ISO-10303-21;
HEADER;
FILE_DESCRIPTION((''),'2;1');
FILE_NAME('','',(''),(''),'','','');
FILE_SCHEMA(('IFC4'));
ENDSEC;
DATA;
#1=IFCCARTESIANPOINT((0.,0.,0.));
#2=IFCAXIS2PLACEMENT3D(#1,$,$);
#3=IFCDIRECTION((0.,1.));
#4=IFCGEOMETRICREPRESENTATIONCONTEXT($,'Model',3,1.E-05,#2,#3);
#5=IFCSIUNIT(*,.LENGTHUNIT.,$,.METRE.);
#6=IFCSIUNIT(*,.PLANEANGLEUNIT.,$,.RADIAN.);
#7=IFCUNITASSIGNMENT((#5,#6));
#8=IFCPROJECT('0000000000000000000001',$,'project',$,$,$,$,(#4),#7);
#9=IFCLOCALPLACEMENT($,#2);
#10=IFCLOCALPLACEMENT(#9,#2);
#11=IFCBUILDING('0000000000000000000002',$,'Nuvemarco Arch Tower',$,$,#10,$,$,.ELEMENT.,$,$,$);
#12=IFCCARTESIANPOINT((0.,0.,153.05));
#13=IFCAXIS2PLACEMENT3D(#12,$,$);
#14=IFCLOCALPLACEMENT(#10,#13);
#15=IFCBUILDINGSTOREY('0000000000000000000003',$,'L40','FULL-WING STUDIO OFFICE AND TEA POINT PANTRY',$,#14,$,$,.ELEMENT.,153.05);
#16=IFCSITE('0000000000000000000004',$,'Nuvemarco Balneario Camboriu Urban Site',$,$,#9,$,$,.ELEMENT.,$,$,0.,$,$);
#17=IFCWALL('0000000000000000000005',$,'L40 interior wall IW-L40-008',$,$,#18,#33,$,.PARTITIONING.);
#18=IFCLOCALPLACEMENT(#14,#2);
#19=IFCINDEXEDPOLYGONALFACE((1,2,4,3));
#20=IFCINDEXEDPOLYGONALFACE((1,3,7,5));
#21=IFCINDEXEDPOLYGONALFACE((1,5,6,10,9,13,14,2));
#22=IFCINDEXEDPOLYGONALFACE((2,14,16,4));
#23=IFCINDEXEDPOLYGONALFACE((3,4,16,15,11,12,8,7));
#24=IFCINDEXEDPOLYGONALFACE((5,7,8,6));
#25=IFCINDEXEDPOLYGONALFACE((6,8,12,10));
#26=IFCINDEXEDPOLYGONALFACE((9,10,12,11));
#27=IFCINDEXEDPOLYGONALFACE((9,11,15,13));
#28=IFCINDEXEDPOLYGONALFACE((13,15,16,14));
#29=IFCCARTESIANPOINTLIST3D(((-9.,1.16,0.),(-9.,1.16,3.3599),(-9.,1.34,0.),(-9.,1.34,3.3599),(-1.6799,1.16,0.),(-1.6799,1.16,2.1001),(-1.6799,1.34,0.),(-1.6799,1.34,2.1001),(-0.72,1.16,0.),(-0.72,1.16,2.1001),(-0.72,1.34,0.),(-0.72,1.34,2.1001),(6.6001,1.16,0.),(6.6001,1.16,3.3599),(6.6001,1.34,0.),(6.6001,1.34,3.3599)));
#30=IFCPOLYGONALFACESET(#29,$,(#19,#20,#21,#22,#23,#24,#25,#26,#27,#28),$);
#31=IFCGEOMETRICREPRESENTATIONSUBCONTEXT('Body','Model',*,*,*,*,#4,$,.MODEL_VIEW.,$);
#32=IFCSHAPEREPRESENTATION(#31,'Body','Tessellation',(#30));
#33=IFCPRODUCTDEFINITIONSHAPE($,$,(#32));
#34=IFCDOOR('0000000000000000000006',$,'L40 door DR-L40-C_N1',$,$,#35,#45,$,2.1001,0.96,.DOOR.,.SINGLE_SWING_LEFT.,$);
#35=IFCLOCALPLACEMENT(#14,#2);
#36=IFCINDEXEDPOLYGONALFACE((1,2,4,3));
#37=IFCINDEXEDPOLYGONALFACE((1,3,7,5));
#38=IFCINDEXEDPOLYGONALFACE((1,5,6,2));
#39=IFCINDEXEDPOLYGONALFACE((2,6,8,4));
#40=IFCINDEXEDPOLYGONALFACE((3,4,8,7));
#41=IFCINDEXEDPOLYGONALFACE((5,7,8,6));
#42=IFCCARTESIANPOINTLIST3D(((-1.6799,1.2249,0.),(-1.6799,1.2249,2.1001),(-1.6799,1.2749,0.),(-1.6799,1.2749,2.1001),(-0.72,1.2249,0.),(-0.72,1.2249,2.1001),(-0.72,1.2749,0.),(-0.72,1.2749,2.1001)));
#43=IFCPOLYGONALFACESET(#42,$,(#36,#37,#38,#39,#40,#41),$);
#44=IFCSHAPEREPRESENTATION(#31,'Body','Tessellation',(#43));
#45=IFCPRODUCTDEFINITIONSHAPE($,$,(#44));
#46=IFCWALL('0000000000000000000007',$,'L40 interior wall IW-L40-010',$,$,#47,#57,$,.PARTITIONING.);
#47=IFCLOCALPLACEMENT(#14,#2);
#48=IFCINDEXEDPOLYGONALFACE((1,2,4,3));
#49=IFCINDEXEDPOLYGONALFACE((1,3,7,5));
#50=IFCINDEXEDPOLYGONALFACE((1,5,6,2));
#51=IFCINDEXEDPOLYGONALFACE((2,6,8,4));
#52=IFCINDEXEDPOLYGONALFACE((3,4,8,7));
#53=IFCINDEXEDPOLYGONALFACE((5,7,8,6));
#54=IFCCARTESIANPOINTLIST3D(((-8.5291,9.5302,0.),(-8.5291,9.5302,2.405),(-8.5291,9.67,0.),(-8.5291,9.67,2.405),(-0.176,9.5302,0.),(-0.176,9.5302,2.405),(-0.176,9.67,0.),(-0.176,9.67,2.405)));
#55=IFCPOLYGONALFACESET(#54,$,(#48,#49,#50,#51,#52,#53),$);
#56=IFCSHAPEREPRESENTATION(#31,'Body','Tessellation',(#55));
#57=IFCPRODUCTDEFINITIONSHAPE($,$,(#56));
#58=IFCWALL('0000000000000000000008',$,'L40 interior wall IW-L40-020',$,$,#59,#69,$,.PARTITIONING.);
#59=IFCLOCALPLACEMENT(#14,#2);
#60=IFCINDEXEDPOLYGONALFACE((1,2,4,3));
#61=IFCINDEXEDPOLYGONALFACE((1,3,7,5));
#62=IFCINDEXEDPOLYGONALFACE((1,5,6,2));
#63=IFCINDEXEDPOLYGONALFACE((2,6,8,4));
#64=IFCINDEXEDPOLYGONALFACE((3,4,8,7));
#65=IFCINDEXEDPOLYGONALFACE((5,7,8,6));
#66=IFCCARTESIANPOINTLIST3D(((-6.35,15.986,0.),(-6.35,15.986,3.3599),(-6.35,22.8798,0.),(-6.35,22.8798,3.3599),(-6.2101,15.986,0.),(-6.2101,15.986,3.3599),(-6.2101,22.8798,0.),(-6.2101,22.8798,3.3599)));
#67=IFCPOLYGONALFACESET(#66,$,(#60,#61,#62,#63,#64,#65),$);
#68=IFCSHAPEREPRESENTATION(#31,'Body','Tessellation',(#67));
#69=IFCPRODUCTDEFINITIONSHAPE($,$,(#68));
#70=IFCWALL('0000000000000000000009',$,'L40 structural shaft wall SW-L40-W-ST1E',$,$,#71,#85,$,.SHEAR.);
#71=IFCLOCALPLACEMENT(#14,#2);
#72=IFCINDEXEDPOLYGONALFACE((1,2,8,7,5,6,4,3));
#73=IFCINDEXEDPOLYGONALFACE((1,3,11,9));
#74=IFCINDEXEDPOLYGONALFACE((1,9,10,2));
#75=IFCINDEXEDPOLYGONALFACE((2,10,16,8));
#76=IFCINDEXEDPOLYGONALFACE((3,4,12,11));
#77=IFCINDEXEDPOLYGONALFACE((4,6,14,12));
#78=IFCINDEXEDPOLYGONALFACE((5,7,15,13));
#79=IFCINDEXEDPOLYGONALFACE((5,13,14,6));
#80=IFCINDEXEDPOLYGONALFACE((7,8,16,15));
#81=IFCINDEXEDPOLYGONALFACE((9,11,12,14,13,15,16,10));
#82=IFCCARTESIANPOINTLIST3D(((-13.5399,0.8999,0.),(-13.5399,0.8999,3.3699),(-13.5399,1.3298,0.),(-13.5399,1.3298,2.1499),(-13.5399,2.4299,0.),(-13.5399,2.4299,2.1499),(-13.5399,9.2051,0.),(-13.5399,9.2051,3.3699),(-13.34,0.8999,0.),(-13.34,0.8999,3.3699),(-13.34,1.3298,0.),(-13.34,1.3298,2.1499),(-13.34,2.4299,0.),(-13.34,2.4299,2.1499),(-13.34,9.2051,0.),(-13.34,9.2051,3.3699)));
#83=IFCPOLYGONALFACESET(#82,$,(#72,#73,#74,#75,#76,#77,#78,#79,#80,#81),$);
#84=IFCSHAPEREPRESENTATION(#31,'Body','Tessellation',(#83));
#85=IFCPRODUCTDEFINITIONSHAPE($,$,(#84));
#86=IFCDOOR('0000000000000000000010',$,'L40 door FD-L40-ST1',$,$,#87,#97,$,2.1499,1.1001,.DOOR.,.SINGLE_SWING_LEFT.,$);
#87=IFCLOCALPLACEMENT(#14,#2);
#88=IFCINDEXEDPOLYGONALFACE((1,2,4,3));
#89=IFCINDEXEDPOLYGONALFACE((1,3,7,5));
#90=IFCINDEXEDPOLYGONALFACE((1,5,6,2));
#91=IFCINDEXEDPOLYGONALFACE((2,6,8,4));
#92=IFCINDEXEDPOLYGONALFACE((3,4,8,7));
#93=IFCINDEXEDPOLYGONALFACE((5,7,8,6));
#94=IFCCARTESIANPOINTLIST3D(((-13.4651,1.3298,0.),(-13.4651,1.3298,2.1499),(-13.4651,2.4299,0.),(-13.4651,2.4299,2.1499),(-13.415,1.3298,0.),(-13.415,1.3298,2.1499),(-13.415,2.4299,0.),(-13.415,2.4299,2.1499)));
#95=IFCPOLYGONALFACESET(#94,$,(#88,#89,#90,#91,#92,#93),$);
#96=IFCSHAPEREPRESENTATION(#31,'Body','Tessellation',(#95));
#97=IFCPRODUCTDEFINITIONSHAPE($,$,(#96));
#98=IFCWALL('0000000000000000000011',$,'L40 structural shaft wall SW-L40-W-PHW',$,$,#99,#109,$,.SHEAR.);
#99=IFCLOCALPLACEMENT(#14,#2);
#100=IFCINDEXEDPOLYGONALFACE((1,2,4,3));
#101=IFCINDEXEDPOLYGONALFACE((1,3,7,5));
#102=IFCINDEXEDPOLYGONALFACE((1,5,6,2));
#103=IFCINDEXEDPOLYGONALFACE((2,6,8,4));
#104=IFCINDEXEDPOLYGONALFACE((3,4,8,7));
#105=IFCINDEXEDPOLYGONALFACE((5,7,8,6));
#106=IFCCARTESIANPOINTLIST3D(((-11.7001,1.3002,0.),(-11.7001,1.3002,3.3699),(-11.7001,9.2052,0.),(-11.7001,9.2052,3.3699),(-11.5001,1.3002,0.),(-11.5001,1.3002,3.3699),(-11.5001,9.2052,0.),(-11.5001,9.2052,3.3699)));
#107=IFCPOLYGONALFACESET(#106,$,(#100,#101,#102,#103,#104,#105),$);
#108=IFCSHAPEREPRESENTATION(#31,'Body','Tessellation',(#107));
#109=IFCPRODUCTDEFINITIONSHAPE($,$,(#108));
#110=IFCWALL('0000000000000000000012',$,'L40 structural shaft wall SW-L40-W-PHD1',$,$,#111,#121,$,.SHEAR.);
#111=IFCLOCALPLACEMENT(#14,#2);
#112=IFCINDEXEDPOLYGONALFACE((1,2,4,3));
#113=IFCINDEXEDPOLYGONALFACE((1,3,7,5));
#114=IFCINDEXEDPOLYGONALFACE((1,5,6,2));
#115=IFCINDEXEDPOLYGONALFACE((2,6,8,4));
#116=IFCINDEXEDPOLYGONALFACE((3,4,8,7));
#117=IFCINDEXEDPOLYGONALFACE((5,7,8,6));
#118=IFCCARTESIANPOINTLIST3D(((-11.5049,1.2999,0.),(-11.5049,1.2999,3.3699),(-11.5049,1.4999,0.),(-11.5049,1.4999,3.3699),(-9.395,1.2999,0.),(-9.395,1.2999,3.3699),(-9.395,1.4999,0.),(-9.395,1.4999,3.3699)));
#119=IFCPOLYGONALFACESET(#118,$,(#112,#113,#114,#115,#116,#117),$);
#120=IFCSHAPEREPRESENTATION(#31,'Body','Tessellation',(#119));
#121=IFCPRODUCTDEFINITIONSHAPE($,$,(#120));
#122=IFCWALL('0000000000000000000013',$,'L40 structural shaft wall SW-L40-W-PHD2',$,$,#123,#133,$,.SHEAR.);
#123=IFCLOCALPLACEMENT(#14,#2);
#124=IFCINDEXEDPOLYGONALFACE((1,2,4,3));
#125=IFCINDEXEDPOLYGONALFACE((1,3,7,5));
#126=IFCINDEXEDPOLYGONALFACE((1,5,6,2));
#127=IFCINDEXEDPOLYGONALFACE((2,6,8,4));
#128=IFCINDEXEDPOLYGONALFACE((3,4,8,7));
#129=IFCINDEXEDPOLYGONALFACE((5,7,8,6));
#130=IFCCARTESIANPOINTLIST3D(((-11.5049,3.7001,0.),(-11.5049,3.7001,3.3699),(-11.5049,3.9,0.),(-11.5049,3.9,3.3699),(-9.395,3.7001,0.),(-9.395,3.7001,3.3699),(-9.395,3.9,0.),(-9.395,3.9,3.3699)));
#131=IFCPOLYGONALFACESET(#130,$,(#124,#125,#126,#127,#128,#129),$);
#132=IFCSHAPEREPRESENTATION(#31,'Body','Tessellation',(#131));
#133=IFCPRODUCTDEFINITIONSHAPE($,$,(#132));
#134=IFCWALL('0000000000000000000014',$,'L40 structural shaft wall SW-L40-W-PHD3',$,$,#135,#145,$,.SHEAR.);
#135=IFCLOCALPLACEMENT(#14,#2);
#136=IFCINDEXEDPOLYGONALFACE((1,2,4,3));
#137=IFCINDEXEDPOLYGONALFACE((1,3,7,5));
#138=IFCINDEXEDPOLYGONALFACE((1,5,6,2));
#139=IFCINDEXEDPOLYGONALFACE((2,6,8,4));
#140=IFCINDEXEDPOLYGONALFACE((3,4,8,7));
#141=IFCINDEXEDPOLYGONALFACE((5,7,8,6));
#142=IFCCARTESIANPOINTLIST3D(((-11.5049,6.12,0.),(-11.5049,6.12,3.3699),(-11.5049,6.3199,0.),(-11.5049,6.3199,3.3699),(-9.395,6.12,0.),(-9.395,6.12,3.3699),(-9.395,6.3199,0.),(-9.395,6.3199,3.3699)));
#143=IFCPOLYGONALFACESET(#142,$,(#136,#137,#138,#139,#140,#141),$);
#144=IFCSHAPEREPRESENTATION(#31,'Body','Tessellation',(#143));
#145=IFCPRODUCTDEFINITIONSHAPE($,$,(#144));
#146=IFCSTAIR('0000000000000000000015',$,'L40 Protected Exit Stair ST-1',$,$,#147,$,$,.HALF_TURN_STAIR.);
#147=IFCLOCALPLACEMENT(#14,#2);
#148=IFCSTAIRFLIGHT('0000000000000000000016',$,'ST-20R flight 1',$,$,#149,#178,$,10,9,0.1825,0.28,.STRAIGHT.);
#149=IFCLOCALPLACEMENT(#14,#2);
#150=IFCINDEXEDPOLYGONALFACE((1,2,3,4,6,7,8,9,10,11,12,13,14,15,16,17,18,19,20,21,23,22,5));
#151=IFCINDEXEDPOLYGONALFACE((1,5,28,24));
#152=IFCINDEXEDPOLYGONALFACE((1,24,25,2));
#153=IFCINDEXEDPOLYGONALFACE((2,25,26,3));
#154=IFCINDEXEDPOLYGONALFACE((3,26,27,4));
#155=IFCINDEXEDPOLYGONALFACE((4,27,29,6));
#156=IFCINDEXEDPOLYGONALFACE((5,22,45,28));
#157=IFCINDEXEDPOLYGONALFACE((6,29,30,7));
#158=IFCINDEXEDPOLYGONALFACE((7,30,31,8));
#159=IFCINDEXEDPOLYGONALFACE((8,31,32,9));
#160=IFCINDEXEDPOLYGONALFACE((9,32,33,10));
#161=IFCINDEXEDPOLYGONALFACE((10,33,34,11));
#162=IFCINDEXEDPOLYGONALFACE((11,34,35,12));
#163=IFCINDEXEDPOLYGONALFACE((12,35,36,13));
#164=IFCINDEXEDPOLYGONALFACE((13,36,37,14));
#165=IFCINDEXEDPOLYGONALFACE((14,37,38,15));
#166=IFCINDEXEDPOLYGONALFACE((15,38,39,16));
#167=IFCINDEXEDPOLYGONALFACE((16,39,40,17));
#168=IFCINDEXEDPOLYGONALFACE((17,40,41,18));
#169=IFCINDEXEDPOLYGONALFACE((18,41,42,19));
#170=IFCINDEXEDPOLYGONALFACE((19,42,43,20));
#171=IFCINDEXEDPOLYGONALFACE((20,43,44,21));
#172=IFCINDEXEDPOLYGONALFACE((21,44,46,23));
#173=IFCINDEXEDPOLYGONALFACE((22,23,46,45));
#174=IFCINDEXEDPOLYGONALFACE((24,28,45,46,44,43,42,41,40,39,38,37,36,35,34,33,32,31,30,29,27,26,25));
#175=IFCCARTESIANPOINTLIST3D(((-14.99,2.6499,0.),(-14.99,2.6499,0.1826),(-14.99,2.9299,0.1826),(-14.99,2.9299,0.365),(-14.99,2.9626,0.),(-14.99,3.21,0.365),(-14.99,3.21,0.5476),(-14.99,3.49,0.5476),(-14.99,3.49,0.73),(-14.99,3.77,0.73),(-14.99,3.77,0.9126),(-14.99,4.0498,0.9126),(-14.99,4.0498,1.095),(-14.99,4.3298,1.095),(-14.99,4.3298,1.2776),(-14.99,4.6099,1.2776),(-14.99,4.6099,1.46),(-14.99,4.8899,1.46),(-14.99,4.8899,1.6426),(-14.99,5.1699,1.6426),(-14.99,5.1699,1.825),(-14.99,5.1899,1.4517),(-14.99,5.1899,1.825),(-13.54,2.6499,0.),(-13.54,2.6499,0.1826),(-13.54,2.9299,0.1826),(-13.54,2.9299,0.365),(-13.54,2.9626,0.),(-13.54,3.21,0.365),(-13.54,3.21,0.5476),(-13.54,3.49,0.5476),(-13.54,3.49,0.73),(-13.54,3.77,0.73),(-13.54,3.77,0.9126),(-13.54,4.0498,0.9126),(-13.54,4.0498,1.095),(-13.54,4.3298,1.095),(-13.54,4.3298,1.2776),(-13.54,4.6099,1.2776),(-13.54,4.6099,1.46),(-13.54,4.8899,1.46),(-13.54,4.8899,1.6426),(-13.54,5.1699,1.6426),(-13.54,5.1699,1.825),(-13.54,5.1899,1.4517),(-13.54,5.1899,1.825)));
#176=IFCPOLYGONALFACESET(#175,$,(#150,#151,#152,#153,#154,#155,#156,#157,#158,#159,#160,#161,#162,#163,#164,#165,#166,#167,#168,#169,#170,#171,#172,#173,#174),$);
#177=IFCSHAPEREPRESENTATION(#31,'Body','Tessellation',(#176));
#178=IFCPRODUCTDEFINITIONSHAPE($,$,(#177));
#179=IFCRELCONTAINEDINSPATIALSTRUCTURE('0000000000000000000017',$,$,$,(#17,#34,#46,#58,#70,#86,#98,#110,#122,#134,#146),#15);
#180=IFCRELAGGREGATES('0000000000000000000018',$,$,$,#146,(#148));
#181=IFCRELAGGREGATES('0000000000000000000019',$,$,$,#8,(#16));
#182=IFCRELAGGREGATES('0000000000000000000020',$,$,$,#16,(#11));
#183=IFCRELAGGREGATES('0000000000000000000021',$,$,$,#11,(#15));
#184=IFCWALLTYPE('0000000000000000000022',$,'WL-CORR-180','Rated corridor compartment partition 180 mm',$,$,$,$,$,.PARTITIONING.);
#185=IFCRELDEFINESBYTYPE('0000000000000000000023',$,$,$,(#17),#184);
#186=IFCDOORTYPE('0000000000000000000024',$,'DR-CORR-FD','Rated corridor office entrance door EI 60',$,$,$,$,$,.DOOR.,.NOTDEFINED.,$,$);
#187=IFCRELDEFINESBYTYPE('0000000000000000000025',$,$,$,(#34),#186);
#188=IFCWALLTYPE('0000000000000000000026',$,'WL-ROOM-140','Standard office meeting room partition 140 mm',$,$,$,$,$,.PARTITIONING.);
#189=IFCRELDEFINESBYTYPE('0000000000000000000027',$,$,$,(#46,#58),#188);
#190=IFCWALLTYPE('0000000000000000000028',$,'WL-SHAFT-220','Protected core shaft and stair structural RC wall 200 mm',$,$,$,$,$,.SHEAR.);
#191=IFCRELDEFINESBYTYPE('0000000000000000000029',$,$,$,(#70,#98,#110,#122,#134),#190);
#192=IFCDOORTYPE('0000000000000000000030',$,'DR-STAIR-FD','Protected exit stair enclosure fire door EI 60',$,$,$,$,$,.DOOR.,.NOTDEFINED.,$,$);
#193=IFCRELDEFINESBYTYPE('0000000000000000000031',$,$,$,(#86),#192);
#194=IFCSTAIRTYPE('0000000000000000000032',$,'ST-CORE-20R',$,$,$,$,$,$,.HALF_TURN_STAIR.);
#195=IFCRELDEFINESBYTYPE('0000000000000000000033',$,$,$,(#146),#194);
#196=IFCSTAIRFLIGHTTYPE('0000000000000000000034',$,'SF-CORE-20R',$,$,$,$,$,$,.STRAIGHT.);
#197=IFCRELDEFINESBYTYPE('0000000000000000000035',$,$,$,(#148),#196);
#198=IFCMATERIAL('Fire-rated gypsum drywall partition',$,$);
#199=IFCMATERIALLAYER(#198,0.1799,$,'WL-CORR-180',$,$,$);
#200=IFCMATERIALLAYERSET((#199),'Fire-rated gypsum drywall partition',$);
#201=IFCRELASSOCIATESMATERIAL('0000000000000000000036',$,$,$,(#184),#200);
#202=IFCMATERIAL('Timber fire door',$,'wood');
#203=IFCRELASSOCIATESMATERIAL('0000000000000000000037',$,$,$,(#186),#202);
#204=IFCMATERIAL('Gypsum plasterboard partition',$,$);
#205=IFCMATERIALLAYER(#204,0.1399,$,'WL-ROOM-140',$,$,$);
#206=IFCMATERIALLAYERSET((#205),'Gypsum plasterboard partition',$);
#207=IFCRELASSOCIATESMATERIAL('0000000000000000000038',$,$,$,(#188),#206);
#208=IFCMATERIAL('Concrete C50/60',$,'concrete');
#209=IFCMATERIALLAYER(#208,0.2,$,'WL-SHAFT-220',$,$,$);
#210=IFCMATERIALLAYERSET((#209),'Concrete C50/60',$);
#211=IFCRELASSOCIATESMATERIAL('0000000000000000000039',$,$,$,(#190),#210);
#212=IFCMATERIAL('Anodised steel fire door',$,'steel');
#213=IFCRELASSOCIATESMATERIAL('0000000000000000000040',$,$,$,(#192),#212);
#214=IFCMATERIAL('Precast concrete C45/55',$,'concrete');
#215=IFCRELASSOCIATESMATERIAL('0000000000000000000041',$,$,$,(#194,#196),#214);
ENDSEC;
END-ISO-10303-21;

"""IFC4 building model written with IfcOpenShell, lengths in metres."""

from ifc_helpers import new_model, si_unit, direction, frame, frame_2d, origin, place, context, subcontext, project, spatial, polyline, rectangle, outline, extrude, source, transform, mapped, material, layer, layer_set, type_object, type_shapes, element, fill, aggregate, save


model = new_model("IFC4")

# Units and contexts
model_context = context("Model", 3, precision=1e-05, world=origin(), true_north=direction((0.0, 1.0)))
body_context = subcontext(model_context, "Body", "Model", "MODEL_VIEW")
ifc_project = project(units=[si_unit("LENGTHUNIT", "METRE"), si_unit("PLANEANGLEUNIT", "RADIAN")], contexts=[model_context])

# Site, building, storey
site_placement = place(None, origin())
site = spatial("IfcSite", under=ifc_project, at=site_placement, Name="Nuvemarco Balneario Camboriu Urban Site", CompositionType="ELEMENT", RefElevation=0.0)
building_placement = place(site_placement, origin())
building = spatial("IfcBuilding", under=site, at=building_placement, Name="Nuvemarco Arch Tower", CompositionType="ELEMENT")
storey_placement = place(building_placement, frame((0.0, 0.0, 153.05)))
storey = spatial("IfcBuildingStorey", under=building, at=storey_placement, Name="L40", Description="FULL-WING STUDIO OFFICE AND TEA POINT PANTRY", CompositionType="ELEMENT", Elevation=153.05)

# Shared definitions
ifc_material_1 = material(Name="Concrete C50/60", Category="concrete")

# Shared definitions
ifc_material_2 = material(Name="Precast concrete C45/55", Category="concrete")

# Wall, opening, door
ifc_material_3 = material(Name="Fire-rated gypsum drywall partition")
ifc_layer_1 = layer(ifc_material_3, 0.1799, Name="WL-CORR-180")
ifc_layer_set_1 = layer_set([ifc_layer_1], Name="Fire-rated gypsum drywall partition")
wall_type_1 = type_object("IfcWallType", Name="WL-CORR-180", Description="Rated corridor compartment partition 180 mm", PredefinedType="PARTITIONING", material=ifc_layer_set_1)
wall_1_placement = place(storey_placement, frame((-9.0, 1.25, 0.0), z_axis=(0.0, 0.0, 1.0), x_axis=(1.0, 0.0, 0.0)))
wall_1 = element("IfcWall", 1, at=wall_1_placement, inside=storey, type_object=wall_type_1, Name="L40 interior wall IW-L40-008", PredefinedType="PARTITIONING", context=body_context, shape_type="SweptSolid", body=[
    extrude(rectangle(XDim=15.6001, YDim=0.1799, at=frame_2d((7.8, 0.0))), origin(), (0.0, 0.0, 1.0), 3.3599),
])
opening_1_placement = place(wall_1_placement, frame((7.3201, 0.0, 0.0)))
opening_1 = element("IfcOpeningElement", 2, at=opening_1_placement, cuts=wall_1, PredefinedType="OPENING", context=body_context, shape_type="SweptSolid", body=[
    extrude(rectangle(XDim=0.96, YDim=2.1001, at=frame_2d((0.48, 1.05))), frame((0.0, 0.0999, 0.0), z_axis=(0.0, -1.0, 0.0), x_axis=(1.0, 0.0, 0.0)), (0.0, 0.0, 1.0), 0.2),
])
ifc_material_4 = material(Name="Timber fire door", Category="wood")
door_type_1 = type_object("IfcDoorType", Name="DR-CORR-FD", Description="Rated corridor office entrance door EI 60", OperationType="NOTDEFINED", PredefinedType="DOOR", material=ifc_material_4)
shared_shape_1 = source(origin(), body_context, "Body", "SweptSolid", [
    extrude(rectangle(XDim=0.96, YDim=2.1001, at=frame_2d((0.48, 1.05))), frame((0.0, 0.0249, 0.0), z_axis=(0.0, -1.0, 0.0), x_axis=(1.0, 0.0, 0.0)), (0.0, 0.0, 1.0), 0.05),
])
type_shapes(door_type_1, [shared_shape_1])
door_1_placement = place(opening_1_placement, origin())
door_1 = element("IfcDoor", 3, at=door_1_placement, inside=storey, type_object=door_type_1, Name="L40 door DR-L40-C_N1", OperationType="SINGLE_SWING_LEFT", OverallHeight=2.1001, OverallWidth=0.96, PredefinedType="DOOR", context=body_context, shape_type="MappedRepresentation", body=[
    mapped(shared_shape_1, transform((0.0, 0.0, 0.0), scale=1.0)),
])
fill(opening_1, door_1)

# Walls
ifc_material_5 = material(Name="Gypsum plasterboard partition")
ifc_layer_2 = layer(ifc_material_5, 0.1399, Name="WL-ROOM-140")
ifc_layer_set_2 = layer_set([ifc_layer_2], Name="Gypsum plasterboard partition")
wall_type_2 = type_object("IfcWallType", Name="WL-ROOM-140", Description="Standard office meeting room partition 140 mm", PredefinedType="PARTITIONING", material=ifc_layer_set_2)
wall_2_placement = place(storey_placement, frame((-8.5291, 9.6001, 0.0), z_axis=(0.0, 0.0, 1.0), x_axis=(1.0, 0.0, 0.0)))
element("IfcWall", 4, at=wall_2_placement, inside=storey, type_object=wall_type_2, Name="L40 interior wall IW-L40-010", PredefinedType="PARTITIONING", context=body_context, shape_type="SweptSolid", body=[
    extrude(rectangle(XDim=8.353, YDim=0.1399, at=frame_2d((4.1765, 0.0))), origin(), (0.0, 0.0, 1.0), 2.405),
])
wall_3_placement = place(storey_placement, frame((-6.28, 15.9861, 0.0), z_axis=(0.0, 0.0, 1.0), x_axis=(0.0, 1.0, 0.0)))
element("IfcWall", 5, at=wall_3_placement, inside=storey, type_object=wall_type_2, Name="L40 interior wall IW-L40-020", PredefinedType="PARTITIONING", context=body_context, shape_type="SweptSolid", body=[
    extrude(rectangle(XDim=6.8938, YDim=0.1399, at=frame_2d((3.4468, 0.0))), origin(), (0.0, 0.0, 1.0), 3.3599),
])

# Wall, opening, door
ifc_layer_3 = layer(ifc_material_1, 0.2, Name="WL-SHAFT-220")
ifc_layer_set_3 = layer_set([ifc_layer_3], Name="Concrete C50/60")
wall_type_3 = type_object("IfcWallType", Name="WL-SHAFT-220", Description="Protected core shaft and stair structural RC wall 200 mm", PredefinedType="SHEAR", material=ifc_layer_set_3)
wall_4_placement = place(storey_placement, frame((-13.4399, 0.8999, 0.0), z_axis=(0.0, 0.0, 1.0), x_axis=(0.0, 1.0, 0.0)))
wall_4 = element("IfcWall", 6, at=wall_4_placement, inside=storey, type_object=wall_type_3, Name="L40 structural shaft wall SW-L40-W-ST1E", PredefinedType="SHEAR", context=body_context, shape_type="SweptSolid", body=[
    extrude(rectangle(XDim=8.3052, YDim=0.2, at=frame_2d((4.1526, 0.0))), origin(), (0.0, 0.0, 1.0), 3.3699),
])
opening_2_placement = place(wall_4_placement, frame((1.53, 0.0, 0.0), z_axis=(0.0, 0.0, 1.0), x_axis=(-1.0, 0.0, 0.0)))
opening_2 = element("IfcOpeningElement", 7, at=opening_2_placement, cuts=wall_4, PredefinedType="OPENING", context=body_context, shape_type="SweptSolid", body=[
    extrude(rectangle(XDim=1.1001, YDim=2.1499, at=frame_2d((0.55, 1.075))), frame((0.0, 0.1099, 0.0), z_axis=(0.0, -1.0, 0.0), x_axis=(1.0, 0.0, 0.0)), (0.0, 0.0, 1.0), 0.22),
])
ifc_material_6 = material(Name="Anodised steel fire door", Category="steel")
door_type_2 = type_object("IfcDoorType", Name="DR-STAIR-FD", Description="Protected exit stair enclosure fire door EI 60", OperationType="NOTDEFINED", PredefinedType="DOOR", material=ifc_material_6)
shared_shape_2 = source(origin(), body_context, "Body", "SweptSolid", [
    extrude(rectangle(XDim=1.1001, YDim=2.1499, at=frame_2d((0.55, 1.075))), frame((0.0, 0.0249, 0.0), z_axis=(0.0, -1.0, 0.0), x_axis=(1.0, 0.0, 0.0)), (0.0, 0.0, 1.0), 0.05),
])
type_shapes(door_type_2, [shared_shape_2])
door_2_placement = place(opening_2_placement, origin())
door_2 = element("IfcDoor", 8, at=door_2_placement, inside=storey, type_object=door_type_2, Name="L40 door FD-L40-ST1", OperationType="SINGLE_SWING_LEFT", OverallHeight=2.1499, OverallWidth=1.1001, PredefinedType="DOOR", context=body_context, shape_type="MappedRepresentation", body=[
    mapped(shared_shape_2, transform((0.0, 0.0, 0.0), scale=1.0)),
])
fill(opening_2, door_2)

# Walls
wall_5_placement = place(storey_placement, frame((-11.6001, 1.3, 0.0), z_axis=(0.0, 0.0, 1.0), x_axis=(0.0, 1.0, 0.0)))
element("IfcWall", 9, at=wall_5_placement, inside=storey, type_object=wall_type_3, Name="L40 structural shaft wall SW-L40-W-PHW", PredefinedType="SHEAR", context=body_context, shape_type="SweptSolid", body=[
    extrude(rectangle(XDim=7.905, YDim=0.2, at=frame_2d((3.9526, 0.0))), origin(), (0.0, 0.0, 1.0), 3.3699),
])
for number, where, z_axis, x_axis, name in (
    (10, (-11.5049, 1.3999, 0.0), (0.0, 0.0, 1.0), (1.0, 0.0, 0.0), "L40 structural shaft wall SW-L40-W-PHD1"),
    (11, (-11.5049, 3.8, 0.0), (0.0, 0.0, 1.0), (1.0, 0.0, 0.0), "L40 structural shaft wall SW-L40-W-PHD2"),
    (12, (-11.5049, 6.22, 0.0), (0.0, 0.0, 1.0), (1.0, 0.0, 0.0), "L40 structural shaft wall SW-L40-W-PHD3"),
):
    element("IfcWall", number, at=place(storey_placement, frame(where, z_axis=z_axis, x_axis=x_axis)), inside=storey, type_object=wall_type_3, Name=name, PredefinedType="SHEAR", context=body_context, shape_type="SweptSolid", body=[
        extrude(rectangle(XDim=2.1099, YDim=0.2, at=frame_2d((1.0549, 0.0))), origin(), (0.0, 0.0, 1.0), 3.3699),
    ])

# Stair, stair flight
stair_type = type_object("IfcStairType", Name="ST-CORE-20R", PredefinedType="HALF_TURN_STAIR", material=ifc_material_2)
stair_placement = place(storey_placement, origin())
stair = element("IfcStair", 13, at=stair_placement, inside=storey, type_object=stair_type, Name="L40 Protected Exit Stair ST-1", PredefinedType="HALF_TURN_STAIR")
stair_flight_type = type_object("IfcStairFlightType", Name="SF-CORE-20R", PredefinedType="STRAIGHT", material=ifc_material_2)
stair_flight_1_placement = place(storey_placement, frame((-14.2649, 2.6499, 0.0), z_axis=(0.0, 0.0, 1.0), x_axis=(0.0, 1.0, 0.0)))
stair_flight_1 = element("IfcStairFlight", 14, at=stair_flight_1_placement, type_object=stair_flight_type, Name="ST-20R flight 1", NumberOfRisers=10, NumberOfTreads=9, PredefinedType="STRAIGHT", RiserHeight=0.1825, TreadLength=0.28, context=body_context, shape_type="SweptSolid", body=[
    extrude(outline(polyline([(0.0, 0.0), (0.0, 0.1826), (0.28, 0.1826), (0.28, 0.365), (0.5601, 0.365), (0.5601, 0.5476), (0.8401, 0.5476), (0.8401, 0.73), (1.1201, 0.73), (1.1201, 0.9126), (1.3999, 0.9126), (1.3999, 1.095), (1.6799, 1.095), (1.6799, 1.2776), (1.96, 1.2776), (1.96, 1.46), (2.24, 1.46), (2.24, 1.6426), (2.52, 1.6426), (2.52, 1.825), (2.54, 1.825), (2.54, 1.4517), (0.3127, 0.0), (0.0, 0.0)])), frame((0.0, 0.7251, 0.0), z_axis=(0.0, -1.0, 0.0), x_axis=(1.0, 0.0, 0.0)), (0.0, 0.0, 1.0), 1.45),
])
aggregate(stair, [stair_flight_1])

save(model, "model.ifc")
